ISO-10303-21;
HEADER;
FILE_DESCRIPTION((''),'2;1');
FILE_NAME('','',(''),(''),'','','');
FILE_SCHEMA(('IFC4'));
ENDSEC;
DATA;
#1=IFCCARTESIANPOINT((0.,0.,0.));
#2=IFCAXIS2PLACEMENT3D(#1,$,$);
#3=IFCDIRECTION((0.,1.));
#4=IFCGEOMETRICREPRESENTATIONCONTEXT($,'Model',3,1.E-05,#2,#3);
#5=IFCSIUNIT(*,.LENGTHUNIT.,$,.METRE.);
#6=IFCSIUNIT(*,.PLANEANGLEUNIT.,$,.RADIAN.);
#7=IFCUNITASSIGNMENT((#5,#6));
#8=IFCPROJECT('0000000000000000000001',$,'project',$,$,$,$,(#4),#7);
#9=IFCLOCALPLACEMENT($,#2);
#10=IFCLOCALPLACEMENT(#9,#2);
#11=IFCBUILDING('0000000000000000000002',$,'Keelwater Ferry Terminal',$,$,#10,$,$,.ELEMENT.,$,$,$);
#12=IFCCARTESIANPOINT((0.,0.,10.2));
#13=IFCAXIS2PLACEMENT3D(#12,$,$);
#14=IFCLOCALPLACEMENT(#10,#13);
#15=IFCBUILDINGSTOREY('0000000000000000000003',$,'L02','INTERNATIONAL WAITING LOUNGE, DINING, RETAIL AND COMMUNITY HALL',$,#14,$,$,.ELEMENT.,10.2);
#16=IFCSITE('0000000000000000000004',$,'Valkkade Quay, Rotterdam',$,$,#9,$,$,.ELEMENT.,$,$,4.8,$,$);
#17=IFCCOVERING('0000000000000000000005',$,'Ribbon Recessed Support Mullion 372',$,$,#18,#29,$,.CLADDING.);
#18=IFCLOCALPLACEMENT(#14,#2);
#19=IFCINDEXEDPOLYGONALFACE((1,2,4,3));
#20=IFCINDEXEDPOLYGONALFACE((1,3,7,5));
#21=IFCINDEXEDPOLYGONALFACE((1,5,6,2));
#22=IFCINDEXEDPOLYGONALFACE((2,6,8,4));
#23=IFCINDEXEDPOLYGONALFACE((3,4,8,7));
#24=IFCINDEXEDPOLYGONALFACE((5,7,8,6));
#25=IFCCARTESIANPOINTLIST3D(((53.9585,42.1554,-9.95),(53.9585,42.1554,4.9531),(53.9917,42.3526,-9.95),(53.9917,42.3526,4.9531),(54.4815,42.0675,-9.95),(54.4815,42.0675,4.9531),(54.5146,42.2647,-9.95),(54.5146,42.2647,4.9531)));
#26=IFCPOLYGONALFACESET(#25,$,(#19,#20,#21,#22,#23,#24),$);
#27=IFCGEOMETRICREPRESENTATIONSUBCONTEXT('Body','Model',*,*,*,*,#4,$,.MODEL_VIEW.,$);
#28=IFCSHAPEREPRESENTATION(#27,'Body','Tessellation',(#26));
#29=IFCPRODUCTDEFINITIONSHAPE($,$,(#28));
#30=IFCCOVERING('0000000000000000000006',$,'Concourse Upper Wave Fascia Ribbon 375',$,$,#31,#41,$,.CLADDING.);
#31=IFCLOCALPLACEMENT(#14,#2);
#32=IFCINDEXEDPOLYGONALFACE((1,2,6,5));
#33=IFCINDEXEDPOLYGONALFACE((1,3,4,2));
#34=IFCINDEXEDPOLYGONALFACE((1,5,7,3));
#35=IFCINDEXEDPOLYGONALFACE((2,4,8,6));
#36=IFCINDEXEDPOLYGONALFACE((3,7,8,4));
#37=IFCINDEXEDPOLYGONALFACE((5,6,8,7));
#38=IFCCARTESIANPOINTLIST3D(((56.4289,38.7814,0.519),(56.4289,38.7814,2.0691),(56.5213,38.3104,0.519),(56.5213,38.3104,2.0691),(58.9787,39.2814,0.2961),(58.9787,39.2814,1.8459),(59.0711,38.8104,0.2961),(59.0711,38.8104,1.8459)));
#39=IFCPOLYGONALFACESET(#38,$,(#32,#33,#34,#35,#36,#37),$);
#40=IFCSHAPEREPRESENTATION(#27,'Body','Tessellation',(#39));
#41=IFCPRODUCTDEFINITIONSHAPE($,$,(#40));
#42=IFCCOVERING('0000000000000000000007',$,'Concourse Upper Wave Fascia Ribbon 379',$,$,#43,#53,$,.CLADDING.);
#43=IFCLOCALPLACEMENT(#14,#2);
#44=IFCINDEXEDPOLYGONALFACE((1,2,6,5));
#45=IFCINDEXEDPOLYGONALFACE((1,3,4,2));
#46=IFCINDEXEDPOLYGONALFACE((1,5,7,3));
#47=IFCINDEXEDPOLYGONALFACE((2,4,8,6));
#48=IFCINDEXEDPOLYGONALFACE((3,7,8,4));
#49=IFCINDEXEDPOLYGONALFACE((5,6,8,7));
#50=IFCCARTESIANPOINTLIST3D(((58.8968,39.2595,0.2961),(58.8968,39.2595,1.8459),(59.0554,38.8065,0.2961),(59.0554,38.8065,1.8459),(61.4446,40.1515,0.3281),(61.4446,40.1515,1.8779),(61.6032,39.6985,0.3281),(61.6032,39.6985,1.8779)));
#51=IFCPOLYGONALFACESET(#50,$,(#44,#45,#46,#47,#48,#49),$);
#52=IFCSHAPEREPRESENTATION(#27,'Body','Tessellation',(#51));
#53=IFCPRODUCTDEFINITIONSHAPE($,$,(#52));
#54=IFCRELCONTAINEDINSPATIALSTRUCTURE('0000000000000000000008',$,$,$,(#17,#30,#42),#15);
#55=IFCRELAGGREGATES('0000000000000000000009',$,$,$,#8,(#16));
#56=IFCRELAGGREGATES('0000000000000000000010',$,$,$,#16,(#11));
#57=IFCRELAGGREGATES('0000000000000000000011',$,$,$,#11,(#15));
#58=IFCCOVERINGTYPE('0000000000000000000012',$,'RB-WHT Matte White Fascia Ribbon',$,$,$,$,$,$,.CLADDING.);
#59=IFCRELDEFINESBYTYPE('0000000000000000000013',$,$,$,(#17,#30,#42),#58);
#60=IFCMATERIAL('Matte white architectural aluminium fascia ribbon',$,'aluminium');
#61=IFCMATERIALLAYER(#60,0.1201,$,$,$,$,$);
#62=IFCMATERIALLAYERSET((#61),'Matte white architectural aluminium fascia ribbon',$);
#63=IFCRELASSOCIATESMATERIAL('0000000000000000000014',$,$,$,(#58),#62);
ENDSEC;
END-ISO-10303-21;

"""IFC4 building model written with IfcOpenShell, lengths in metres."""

from ifc_helpers import new_model, si_unit, direction, frame, origin, place, context, subcontext, project, spatial, polyline, outline, extrude, material, layer, layer_set, type_object, element, save


model = new_model("IFC4")

# Units and contexts
model_context = context("Model", 3, precision=1e-05, world=origin(), true_north=direction((0.0, 1.0)))
body_context = subcontext(model_context, "Body", "Model", "MODEL_VIEW")
ifc_project = project(units=[si_unit("LENGTHUNIT", "METRE"), si_unit("PLANEANGLEUNIT", "RADIAN")], contexts=[model_context])

# Site, building, storey
site_placement = place(None, origin())
site = spatial("IfcSite", under=ifc_project, at=site_placement, Name="Valkkade Quay, Rotterdam", CompositionType="ELEMENT", RefElevation=4.8)
building_placement = place(site_placement, origin())
building = spatial("IfcBuilding", under=site, at=building_placement, Name="Keelwater Ferry Terminal", CompositionType="ELEMENT")
storey_placement = place(building_placement, frame((0.0, 0.0, 10.2)))
storey = spatial("IfcBuildingStorey", under=building, at=storey_placement, Name="L02", Description="INTERNATIONAL WAITING LOUNGE, DINING, RETAIL AND COMMUNITY HALL", CompositionType="ELEMENT", Elevation=10.2)

# Coverings
ifc_material_1 = material(Name="Matte white architectural aluminium fascia ribbon", Category="aluminium")
ifc_layer_1 = layer(ifc_material_1, 0.1201)
ifc_layer_set_1 = layer_set([ifc_layer_1], Name="Matte white architectural aluminium fascia ribbon")
covering_type = type_object("IfcCoveringType", Name="RB-WHT Matte White Fascia Ribbon", PredefinedType="CLADDING", material=ifc_layer_set_1)
covering_1_placement = place(storey_placement, frame((53.9751, 42.2539, -9.95), z_axis=(0.0, 0.0, 1.0), x_axis=(0.986169, -0.165743, 0.0)))
element("IfcCovering", 1, at=covering_1_placement, inside=storey, type_object=covering_type, Name="Ribbon Recessed Support Mullion 372", PredefinedType="CLADDING", context=body_context, shape_type="SweptSolid", body=[
    extrude(outline(polyline([(0.0, 0.0), (0.5303, 0.0), (0.5303, 14.9031), (0.0, 14.9031), (0.0, 0.0)])), frame((0.0, 0.1001, 0.0), z_axis=(0.0, -1.0, 0.0), x_axis=(1.0, 0.0, 0.0)), (0.0, 0.0, 1.0), 0.2),
])
covering_2_placement = place(storey_placement, frame((56.4751, 38.5459, 0.2961), z_axis=(0.0, 0.0, 1.0), x_axis=(0.981311, 0.192429, 0.0)))
element("IfcCovering", 2, at=covering_2_placement, inside=storey, type_object=covering_type, Name="Concourse Upper Wave Fascia Ribbon 375", PredefinedType="CLADDING", context=body_context, shape_type="SweptSolid", body=[
    extrude(outline(polyline([(0.0, 0.2229), (2.5984, 0.0), (2.5984, 1.5498), (0.0, 1.7729), (0.0, 0.2229)])), frame((0.0, 0.24, 0.0), z_axis=(0.0, -1.0, 0.0), x_axis=(1.0, 0.0, 0.0)), (0.0, 0.0, 1.0), 0.48),
])
covering_3_placement = place(storey_placement, frame((58.9761, 39.033, 0.2961), z_axis=(0.0, 0.0, 1.0), x_axis=(0.943819, 0.330463, 0.0)))
element("IfcCovering", 3, at=covering_3_placement, inside=storey, type_object=covering_type, Name="Concourse Upper Wave Fascia Ribbon 379", PredefinedType="CLADDING", context=body_context, shape_type="SweptSolid", body=[
    extrude(outline(polyline([(0.0, 0.0), (2.6995, 0.032), (2.6995, 1.5818), (0.0, 1.5498), (0.0, 0.0)])), frame((0.0, 0.24, 0.0), z_axis=(0.0, -1.0, 0.0), x_axis=(1.0, 0.0, 0.0)), (0.0, 0.0, 1.0), 0.48),
])

save(model, "model.ifc")
